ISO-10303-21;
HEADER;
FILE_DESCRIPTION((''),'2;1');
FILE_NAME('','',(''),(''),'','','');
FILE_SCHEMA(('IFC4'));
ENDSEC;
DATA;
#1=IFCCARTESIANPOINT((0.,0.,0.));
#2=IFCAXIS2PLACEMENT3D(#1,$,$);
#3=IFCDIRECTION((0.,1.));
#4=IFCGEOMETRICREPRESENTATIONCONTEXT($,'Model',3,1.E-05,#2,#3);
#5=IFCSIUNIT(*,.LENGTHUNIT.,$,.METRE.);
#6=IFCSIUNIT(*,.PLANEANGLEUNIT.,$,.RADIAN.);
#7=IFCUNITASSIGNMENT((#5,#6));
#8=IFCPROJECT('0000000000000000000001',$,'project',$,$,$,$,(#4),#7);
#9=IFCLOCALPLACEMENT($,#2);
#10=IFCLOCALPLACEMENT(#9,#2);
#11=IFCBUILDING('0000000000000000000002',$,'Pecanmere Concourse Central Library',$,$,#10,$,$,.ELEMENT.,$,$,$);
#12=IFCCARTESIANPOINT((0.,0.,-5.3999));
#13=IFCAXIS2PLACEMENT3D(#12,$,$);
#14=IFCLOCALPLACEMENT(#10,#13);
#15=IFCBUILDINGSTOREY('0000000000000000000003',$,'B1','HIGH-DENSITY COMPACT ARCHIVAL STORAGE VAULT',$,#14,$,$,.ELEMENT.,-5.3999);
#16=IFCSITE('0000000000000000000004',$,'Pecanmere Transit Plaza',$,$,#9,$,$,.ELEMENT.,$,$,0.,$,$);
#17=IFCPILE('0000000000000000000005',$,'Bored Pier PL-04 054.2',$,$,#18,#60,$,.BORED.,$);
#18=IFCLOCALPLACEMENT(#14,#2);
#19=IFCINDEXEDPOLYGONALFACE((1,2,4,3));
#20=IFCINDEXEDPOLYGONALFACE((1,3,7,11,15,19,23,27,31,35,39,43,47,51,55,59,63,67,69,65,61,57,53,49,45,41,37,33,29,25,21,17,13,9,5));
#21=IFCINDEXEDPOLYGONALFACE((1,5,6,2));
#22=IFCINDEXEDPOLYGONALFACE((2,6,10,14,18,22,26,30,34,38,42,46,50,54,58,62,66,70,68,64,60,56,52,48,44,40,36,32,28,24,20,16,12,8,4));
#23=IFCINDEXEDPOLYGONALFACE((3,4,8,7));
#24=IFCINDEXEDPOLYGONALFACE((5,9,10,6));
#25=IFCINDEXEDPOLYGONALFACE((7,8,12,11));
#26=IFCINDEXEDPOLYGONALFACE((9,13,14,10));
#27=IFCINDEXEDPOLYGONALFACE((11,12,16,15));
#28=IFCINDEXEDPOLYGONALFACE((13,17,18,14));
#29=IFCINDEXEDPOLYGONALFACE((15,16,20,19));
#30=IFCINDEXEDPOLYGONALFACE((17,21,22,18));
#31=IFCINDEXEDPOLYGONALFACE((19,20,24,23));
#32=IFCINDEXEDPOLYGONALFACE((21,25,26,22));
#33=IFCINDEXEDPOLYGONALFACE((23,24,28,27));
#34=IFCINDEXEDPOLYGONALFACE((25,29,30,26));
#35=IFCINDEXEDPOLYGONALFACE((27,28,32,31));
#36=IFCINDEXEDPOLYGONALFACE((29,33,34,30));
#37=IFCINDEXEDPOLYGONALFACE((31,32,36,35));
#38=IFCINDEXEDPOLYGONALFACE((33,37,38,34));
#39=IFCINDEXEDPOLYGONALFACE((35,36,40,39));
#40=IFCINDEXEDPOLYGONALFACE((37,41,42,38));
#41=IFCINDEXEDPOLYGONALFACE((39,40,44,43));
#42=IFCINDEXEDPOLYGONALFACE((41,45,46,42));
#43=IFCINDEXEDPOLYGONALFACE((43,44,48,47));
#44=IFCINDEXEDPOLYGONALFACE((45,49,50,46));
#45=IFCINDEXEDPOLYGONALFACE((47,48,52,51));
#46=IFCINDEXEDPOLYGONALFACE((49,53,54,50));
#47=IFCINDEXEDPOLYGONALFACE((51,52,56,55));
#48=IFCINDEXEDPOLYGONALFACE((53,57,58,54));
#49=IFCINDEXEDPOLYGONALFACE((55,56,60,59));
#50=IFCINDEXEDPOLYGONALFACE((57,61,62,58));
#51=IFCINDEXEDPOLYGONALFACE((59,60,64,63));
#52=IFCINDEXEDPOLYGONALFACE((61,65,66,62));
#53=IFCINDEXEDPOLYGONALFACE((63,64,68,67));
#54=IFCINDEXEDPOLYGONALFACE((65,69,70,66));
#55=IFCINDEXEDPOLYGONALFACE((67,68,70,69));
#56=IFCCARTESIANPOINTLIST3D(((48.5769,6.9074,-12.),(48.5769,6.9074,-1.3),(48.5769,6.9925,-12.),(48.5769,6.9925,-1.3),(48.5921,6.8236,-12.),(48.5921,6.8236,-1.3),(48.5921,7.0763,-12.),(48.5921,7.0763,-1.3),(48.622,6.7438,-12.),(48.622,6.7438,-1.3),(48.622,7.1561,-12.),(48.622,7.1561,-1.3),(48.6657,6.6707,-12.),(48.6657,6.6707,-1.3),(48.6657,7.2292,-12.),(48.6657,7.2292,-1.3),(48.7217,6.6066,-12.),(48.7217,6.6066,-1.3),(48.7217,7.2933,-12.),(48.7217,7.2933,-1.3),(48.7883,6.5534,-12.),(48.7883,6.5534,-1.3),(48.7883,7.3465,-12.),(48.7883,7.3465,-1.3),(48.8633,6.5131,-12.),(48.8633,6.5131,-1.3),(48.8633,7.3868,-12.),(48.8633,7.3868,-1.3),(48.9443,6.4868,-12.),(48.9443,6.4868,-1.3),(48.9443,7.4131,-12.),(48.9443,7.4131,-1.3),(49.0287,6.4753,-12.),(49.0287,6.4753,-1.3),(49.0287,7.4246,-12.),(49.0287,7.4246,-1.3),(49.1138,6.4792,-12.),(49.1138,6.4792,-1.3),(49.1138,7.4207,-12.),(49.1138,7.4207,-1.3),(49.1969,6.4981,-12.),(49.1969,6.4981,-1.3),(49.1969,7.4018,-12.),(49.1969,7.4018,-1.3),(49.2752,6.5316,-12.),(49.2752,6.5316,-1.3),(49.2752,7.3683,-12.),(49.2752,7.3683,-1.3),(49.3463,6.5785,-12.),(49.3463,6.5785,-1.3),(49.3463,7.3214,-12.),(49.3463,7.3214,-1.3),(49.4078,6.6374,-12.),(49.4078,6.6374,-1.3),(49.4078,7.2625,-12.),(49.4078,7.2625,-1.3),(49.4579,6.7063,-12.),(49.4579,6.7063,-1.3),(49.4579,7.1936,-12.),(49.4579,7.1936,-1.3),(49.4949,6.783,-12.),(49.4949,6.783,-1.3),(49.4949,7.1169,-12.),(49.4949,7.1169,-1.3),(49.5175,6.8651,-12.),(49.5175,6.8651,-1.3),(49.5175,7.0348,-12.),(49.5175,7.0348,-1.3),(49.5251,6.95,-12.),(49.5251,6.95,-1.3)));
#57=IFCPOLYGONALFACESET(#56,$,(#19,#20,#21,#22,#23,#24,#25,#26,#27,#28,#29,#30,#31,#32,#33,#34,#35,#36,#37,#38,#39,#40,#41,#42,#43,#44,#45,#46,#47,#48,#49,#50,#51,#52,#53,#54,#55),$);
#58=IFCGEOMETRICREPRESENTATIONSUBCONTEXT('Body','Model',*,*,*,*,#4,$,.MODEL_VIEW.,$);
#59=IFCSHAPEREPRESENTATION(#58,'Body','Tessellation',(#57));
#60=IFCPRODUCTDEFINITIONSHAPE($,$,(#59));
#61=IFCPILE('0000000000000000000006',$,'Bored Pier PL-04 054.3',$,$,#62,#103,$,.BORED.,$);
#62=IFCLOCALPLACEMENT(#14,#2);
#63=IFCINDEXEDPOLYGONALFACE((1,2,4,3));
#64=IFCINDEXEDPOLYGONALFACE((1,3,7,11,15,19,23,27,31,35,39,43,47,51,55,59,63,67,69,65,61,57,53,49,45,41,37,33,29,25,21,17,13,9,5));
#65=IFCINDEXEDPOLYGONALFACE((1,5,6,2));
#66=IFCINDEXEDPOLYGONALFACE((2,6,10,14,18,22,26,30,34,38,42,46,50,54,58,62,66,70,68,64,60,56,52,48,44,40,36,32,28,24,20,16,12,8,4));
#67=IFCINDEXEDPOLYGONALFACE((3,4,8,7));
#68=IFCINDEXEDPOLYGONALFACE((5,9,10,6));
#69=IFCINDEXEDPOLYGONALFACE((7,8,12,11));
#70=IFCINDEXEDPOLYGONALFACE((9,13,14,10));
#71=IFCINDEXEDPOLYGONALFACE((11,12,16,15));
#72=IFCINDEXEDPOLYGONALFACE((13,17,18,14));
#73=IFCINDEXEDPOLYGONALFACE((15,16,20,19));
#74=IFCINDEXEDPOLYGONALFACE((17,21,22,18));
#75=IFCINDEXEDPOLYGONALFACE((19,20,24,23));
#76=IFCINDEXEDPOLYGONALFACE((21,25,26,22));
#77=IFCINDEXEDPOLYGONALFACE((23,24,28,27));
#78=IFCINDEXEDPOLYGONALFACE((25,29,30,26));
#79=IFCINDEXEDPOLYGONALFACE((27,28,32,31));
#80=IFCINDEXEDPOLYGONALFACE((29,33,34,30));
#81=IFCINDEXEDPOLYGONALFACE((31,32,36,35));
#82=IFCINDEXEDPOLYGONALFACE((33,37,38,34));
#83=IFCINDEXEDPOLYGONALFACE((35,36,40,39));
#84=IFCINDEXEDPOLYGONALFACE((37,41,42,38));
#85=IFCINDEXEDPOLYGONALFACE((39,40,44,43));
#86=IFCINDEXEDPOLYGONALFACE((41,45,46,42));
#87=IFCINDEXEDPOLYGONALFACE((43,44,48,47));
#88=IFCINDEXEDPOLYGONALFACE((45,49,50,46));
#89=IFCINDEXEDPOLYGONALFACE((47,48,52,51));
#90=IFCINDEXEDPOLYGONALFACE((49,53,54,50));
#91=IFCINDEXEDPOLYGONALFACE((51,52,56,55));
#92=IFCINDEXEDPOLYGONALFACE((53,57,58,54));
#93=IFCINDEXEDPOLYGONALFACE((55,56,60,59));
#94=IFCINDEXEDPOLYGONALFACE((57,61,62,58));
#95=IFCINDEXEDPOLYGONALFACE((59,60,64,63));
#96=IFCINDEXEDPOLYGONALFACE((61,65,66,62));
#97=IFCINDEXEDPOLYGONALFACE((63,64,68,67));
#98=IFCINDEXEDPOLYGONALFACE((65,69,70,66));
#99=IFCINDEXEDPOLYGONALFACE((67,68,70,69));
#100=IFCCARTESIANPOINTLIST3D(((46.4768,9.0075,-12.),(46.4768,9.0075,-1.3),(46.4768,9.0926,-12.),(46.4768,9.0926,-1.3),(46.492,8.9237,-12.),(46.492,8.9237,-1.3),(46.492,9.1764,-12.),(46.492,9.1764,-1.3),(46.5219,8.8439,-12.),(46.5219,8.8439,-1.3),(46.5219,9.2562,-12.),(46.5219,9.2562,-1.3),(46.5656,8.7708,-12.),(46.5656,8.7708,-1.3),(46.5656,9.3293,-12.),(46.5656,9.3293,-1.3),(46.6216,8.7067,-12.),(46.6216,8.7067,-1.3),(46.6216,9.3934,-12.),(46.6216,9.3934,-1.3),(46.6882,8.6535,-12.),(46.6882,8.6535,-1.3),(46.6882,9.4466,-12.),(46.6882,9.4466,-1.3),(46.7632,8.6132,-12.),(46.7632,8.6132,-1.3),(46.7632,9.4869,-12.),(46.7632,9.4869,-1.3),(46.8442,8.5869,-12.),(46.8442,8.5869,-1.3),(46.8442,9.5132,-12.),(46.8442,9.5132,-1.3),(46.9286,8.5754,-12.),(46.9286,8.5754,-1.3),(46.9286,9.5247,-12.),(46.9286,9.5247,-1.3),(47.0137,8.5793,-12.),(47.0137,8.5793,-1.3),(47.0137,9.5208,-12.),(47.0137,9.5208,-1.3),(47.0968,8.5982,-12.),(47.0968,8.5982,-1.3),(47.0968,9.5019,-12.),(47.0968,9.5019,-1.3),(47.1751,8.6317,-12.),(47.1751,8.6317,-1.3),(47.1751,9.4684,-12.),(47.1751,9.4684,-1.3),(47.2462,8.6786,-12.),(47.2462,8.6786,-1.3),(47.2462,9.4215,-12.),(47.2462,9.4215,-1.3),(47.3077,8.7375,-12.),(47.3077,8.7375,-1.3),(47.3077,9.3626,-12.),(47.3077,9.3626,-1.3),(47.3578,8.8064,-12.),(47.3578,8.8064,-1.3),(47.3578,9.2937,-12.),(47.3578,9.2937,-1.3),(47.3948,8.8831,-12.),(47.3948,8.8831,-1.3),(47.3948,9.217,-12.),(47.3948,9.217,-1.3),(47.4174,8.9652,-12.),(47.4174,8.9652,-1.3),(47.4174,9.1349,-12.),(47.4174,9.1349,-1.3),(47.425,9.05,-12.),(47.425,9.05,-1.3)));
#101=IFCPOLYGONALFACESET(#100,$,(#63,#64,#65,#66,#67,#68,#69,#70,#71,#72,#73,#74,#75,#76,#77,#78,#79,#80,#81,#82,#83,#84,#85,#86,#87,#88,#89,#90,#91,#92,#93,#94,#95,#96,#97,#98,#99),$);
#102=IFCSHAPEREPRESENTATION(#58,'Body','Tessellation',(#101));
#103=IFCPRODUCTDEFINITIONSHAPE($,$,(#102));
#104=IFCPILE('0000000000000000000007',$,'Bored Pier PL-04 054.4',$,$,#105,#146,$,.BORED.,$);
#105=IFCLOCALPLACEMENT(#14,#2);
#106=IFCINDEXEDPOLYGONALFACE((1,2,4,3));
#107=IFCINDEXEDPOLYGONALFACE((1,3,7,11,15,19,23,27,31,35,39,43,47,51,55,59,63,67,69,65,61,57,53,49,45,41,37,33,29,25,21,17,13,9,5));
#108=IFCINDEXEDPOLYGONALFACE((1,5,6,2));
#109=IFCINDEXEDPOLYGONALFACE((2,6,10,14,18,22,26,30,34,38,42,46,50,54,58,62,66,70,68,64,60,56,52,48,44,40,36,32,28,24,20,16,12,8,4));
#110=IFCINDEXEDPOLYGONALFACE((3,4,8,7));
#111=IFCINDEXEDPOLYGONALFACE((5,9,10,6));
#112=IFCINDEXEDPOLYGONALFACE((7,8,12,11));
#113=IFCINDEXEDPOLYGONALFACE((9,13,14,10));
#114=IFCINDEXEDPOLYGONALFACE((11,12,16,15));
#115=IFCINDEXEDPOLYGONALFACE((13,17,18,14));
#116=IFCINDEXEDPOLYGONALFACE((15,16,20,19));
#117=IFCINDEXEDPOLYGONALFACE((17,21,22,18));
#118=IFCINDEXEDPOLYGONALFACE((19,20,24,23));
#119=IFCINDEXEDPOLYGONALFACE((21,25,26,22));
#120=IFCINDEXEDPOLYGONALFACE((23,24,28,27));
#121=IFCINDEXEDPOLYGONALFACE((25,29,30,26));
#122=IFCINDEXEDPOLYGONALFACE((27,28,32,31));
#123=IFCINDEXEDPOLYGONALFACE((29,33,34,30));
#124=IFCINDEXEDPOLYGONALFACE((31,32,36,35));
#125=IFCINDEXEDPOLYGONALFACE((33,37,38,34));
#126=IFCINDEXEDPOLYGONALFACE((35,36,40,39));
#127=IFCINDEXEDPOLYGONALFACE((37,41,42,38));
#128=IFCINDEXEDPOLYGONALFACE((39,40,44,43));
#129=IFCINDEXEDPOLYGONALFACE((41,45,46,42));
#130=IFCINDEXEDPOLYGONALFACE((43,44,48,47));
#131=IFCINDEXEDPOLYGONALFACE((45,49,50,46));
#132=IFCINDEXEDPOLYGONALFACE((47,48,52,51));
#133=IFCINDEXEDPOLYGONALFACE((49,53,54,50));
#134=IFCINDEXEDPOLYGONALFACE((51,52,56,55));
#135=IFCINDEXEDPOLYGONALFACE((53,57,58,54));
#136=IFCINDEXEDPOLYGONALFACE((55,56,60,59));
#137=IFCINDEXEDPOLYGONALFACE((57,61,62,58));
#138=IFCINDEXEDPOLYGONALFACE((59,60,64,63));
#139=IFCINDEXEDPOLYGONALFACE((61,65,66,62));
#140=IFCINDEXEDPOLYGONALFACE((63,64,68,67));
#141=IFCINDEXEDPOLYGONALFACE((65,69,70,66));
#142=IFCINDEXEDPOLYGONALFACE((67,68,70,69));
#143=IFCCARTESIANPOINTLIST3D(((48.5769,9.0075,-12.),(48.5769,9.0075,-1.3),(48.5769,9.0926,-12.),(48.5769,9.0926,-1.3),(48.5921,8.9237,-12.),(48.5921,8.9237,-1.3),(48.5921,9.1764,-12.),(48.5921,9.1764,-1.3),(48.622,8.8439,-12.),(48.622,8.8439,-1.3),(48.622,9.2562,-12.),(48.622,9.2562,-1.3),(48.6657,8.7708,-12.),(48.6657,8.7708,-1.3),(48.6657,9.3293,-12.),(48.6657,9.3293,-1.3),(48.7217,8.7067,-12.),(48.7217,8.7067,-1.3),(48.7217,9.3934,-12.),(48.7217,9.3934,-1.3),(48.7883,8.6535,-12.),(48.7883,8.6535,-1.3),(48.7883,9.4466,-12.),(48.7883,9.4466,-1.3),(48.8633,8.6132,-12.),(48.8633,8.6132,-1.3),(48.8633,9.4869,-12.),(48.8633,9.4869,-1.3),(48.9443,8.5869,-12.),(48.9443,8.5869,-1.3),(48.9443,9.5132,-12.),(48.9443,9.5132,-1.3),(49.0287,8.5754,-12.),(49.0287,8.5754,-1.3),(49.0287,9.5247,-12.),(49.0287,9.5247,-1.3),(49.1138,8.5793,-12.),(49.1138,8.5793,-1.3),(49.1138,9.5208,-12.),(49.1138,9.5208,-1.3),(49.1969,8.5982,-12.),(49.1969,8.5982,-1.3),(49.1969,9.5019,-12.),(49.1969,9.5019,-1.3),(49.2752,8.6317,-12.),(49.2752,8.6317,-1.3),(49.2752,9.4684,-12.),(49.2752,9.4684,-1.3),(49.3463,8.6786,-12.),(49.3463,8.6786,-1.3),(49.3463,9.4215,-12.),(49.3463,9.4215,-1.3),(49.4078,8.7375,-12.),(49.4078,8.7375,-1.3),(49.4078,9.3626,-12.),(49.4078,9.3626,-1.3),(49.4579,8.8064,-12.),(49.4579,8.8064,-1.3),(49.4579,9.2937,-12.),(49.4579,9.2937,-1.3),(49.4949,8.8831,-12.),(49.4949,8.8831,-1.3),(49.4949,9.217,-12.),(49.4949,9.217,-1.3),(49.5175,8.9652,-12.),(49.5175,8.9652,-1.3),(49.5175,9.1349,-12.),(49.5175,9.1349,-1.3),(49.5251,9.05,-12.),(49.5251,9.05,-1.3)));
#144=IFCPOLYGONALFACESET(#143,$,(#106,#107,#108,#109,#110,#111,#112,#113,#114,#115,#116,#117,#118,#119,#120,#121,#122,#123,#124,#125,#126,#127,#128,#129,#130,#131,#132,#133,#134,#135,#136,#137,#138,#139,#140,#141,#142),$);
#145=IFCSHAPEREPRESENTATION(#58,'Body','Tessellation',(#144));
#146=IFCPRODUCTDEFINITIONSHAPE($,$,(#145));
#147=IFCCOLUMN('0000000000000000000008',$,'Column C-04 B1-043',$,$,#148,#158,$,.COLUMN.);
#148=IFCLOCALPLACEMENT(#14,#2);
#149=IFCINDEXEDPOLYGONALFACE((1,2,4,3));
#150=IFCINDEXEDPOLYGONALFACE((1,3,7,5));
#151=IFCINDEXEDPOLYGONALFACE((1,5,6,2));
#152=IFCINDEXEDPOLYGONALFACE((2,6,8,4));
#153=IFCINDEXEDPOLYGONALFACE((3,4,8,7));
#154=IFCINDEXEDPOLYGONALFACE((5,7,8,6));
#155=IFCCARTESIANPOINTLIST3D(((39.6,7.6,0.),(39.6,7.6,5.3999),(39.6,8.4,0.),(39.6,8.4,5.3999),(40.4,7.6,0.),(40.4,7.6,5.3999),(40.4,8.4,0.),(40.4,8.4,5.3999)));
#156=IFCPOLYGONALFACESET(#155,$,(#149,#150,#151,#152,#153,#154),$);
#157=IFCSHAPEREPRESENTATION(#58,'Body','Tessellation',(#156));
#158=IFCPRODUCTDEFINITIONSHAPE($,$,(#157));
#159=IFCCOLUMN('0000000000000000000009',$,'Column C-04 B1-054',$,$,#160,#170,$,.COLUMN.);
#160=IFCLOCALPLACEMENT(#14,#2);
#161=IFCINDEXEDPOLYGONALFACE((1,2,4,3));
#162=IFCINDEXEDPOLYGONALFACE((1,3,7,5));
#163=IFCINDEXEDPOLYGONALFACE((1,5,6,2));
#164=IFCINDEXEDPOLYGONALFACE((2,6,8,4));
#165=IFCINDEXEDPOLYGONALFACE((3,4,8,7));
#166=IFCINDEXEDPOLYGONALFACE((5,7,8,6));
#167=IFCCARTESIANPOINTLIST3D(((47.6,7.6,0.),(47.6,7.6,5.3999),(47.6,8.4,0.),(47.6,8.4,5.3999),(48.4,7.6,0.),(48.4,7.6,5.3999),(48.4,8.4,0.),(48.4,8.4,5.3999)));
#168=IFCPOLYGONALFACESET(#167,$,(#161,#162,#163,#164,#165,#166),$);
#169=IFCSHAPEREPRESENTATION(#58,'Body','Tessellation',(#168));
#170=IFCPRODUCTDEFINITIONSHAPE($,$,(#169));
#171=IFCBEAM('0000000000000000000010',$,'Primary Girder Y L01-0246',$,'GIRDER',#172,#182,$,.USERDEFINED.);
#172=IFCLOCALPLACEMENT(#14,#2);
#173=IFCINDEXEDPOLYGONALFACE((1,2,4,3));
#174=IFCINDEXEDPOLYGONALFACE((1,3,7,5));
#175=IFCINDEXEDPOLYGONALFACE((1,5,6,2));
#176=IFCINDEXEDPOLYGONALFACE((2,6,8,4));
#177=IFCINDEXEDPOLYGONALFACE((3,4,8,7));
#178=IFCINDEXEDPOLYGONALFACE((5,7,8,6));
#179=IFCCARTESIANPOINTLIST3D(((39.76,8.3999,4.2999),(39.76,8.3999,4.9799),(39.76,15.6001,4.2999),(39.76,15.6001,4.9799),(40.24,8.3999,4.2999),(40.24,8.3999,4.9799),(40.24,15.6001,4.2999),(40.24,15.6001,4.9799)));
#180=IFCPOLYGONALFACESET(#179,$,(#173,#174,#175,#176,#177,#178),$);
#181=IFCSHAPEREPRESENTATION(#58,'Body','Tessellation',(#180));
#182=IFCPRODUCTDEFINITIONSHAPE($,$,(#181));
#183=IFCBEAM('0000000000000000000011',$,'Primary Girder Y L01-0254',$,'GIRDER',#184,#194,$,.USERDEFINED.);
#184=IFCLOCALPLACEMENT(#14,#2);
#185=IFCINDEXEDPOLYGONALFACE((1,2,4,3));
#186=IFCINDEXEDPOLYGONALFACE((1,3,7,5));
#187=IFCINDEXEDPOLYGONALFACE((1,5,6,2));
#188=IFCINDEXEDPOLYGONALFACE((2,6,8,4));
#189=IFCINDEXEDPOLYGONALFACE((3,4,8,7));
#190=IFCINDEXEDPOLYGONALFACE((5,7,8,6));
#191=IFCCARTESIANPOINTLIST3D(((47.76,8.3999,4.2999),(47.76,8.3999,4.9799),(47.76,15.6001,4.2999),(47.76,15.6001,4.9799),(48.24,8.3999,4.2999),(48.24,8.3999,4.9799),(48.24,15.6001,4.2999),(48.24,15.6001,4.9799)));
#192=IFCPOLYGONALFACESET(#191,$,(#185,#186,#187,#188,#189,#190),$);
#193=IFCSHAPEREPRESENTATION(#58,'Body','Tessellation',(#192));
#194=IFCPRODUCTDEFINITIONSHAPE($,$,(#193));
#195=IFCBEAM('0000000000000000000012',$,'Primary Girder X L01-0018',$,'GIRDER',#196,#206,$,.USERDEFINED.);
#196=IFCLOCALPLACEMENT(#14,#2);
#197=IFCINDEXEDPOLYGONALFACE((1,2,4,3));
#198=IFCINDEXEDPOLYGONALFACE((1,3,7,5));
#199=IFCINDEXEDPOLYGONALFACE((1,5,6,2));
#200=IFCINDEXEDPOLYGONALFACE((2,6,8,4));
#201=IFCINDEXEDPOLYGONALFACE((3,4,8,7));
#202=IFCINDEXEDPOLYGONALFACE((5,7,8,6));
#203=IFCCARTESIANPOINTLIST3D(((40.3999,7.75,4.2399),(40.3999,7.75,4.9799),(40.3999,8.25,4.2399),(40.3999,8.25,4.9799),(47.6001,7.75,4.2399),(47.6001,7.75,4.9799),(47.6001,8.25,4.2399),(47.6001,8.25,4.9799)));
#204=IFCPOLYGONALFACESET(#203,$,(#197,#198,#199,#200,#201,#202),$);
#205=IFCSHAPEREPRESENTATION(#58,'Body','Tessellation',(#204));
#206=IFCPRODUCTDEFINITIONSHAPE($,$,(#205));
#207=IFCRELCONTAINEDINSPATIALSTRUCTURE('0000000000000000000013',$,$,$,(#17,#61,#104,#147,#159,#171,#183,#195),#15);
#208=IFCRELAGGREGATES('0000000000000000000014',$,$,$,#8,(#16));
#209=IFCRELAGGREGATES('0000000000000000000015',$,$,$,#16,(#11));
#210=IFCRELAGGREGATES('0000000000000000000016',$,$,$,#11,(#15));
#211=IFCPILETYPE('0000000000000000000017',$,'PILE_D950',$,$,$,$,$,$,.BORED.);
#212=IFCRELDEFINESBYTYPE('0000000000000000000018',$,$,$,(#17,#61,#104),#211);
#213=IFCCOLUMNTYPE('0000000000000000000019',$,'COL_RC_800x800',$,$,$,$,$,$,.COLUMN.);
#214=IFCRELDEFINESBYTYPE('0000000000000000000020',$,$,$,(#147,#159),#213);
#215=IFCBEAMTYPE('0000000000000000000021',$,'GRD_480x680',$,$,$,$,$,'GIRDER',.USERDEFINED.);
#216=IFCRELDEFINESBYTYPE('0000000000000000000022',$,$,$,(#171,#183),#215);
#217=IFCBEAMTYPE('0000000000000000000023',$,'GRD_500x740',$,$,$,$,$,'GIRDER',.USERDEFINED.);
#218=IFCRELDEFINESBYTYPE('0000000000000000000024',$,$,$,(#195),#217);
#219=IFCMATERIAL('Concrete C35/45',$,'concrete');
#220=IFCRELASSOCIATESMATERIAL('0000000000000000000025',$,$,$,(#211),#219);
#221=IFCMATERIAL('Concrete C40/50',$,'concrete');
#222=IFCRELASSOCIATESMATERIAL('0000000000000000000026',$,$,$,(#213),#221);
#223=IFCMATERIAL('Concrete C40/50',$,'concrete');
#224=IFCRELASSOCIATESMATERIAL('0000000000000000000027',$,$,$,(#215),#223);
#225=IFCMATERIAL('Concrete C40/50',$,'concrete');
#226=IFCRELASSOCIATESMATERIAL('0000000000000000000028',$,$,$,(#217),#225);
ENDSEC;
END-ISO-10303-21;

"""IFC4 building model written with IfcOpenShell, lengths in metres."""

from ifc_helpers import new_model, si_unit, direction, frame, origin, origin_2d, place, context, subcontext, project, spatial, rectangle, circle, extrude, material, material_profile, profile_set, type_object, element, save


model = new_model("IFC4")

# Units and contexts
model_context = context("Model", 3, precision=1e-05, world=origin(), true_north=direction((0.0, 1.0)))
body_context = subcontext(model_context, "Body", "Model", "MODEL_VIEW")
ifc_project = project(units=[si_unit("LENGTHUNIT", "METRE"), si_unit("PLANEANGLEUNIT", "RADIAN")], contexts=[model_context])

# Site, building, storey
site_placement = place(None, origin())
site = spatial("IfcSite", under=ifc_project, at=site_placement, Name="Pecanmere Transit Plaza", CompositionType="ELEMENT", RefElevation=0.0)
building_placement = place(site_placement, origin())
building = spatial("IfcBuilding", under=site, at=building_placement, Name="Pecanmere Concourse Central Library", CompositionType="ELEMENT")
storey_placement = place(building_placement, frame((0.0, 0.0, -5.3999)))
storey = spatial("IfcBuildingStorey", under=building, at=storey_placement, Name="B1", Description="HIGH-DENSITY COMPACT ARCHIVAL STORAGE VAULT", CompositionType="ELEMENT", Elevation=-5.3999)

# Piles
ifc_material_1 = material(Name="Concrete C35/45", Category="concrete")
ifc_material_profile_1 = material_profile(ifc_material_1, circle(Radius=0.4751, at=origin_2d()), Name="PIER D950")
ifc_profile_set_1 = profile_set([ifc_material_profile_1], Name="Concrete C35/45")
pile_type = type_object("IfcPileType", Name="PILE_D950", PredefinedType="BORED", material=ifc_profile_set_1)
for number, where, z_axis, x_axis, name in (
    (1, (49.05, 6.95, -1.3), (0.0, 0.0, -1.0), (1.0, 0.0, 0.0), "Bored Pier PL-04 054.2"),
    (2, (46.95, 9.05, -1.3), (0.0, 0.0, -1.0), (1.0, 0.0, 0.0), "Bored Pier PL-04 054.3"),
    (3, (49.05, 9.05, -1.3), (0.0, 0.0, -1.0), (1.0, 0.0, 0.0), "Bored Pier PL-04 054.4"),
):
    element("IfcPile", number, at=place(storey_placement, frame(where, z_axis=z_axis, x_axis=x_axis)), inside=storey, type_object=pile_type, Name=name, PredefinedType="BORED", context=body_context, shape_type="SweptSolid", body=[
        extrude(circle(Radius=0.4751, at=origin_2d()), origin(), (0.0, 0.0, 1.0), 10.7),
    ])

# Columns
ifc_material_2 = material(Name="Concrete C40/50", Category="concrete")
ifc_material_profile_2 = material_profile(ifc_material_2, rectangle(XDim=0.8, YDim=0.8, at=origin_2d()), Name="RC 800x800")
ifc_profile_set_2 = profile_set([ifc_material_profile_2], Name="Concrete C40/50")
column_type = type_object("IfcColumnType", Name="COL_RC_800x800", PredefinedType="COLUMN", material=ifc_profile_set_2)
for number, where, z_axis, x_axis, name in (
    (4, (40.0, 8.0, 0.0), (0.0, 0.0, 1.0), (1.0, 0.0, 0.0), "Column C-04 B1-043"),
    (5, (48.0, 8.0, 0.0), (0.0, 0.0, 1.0), (1.0, 0.0, 0.0), "Column C-04 B1-054"),
):
    element("IfcColumn", number, at=place(storey_placement, frame(where, z_axis=z_axis, x_axis=x_axis)), inside=storey, type_object=column_type, Name=name, PredefinedType="COLUMN", context=body_context, shape_type="SweptSolid", body=[
        extrude(rectangle(XDim=0.8, YDim=0.8, at=origin_2d()), origin(), (0.0, 0.0, 1.0), 5.3999),
    ])

# Beams
ifc_material_3 = material(Name="Concrete C40/50", Category="concrete")
ifc_material_profile_3 = material_profile(ifc_material_3, rectangle(XDim=0.48, YDim=0.6799, at=origin_2d()), Name="RC 480x680")
ifc_profile_set_3 = profile_set([ifc_material_profile_3], Name="Concrete C40/50")
beam_type_1 = type_object("IfcBeamType", Name="GRD_480x680", ElementType="GIRDER", PredefinedType="USERDEFINED", material=ifc_profile_set_3)
for number, where, z_axis, x_axis, name in (
    (6, (40.0, 8.3999, 4.6399), (0.0, 1.0, 0.0), (-1.0, 0.0, 0.0), "Primary Girder Y L01-0246"),
    (7, (48.0, 8.3999, 4.6399), (0.0, 1.0, 0.0), (-1.0, 0.0, 0.0), "Primary Girder Y L01-0254"),
):
    element("IfcBeam", number, at=place(storey_placement, frame(where, z_axis=z_axis, x_axis=x_axis)), inside=storey, type_object=beam_type_1, Name=name, ObjectType="GIRDER", PredefinedType="USERDEFINED", context=body_context, shape_type="SweptSolid", body=[
        extrude(rectangle(XDim=0.48, YDim=0.6799, at=origin_2d()), origin(), (0.0, 0.0, 1.0), 7.2002),
    ])
ifc_material_4 = material(Name="Concrete C40/50", Category="concrete")
ifc_material_profile_4 = material_profile(ifc_material_4, rectangle(XDim=0.5, YDim=0.74, at=origin_2d()), Name="RC 500x740")
ifc_profile_set_4 = profile_set([ifc_material_profile_4], Name="Concrete C40/50")
beam_type_2 = type_object("IfcBeamType", Name="GRD_500x740", ElementType="GIRDER", PredefinedType="USERDEFINED", material=ifc_profile_set_4)
beam_1_placement = place(storey_placement, frame((40.3999, 8.0, 4.6099), z_axis=(1.0, 0.0, 0.0), x_axis=(0.0, 1.0, 0.0)))
element("IfcBeam", 8, at=beam_1_placement, inside=storey, type_object=beam_type_2, Name="Primary Girder X L01-0018", ObjectType="GIRDER", PredefinedType="USERDEFINED", context=body_context, shape_type="SweptSolid", body=[
    extrude(rectangle(XDim=0.5, YDim=0.74, at=origin_2d()), origin(), (0.0, 0.0, 1.0), 7.2002),
])

save(model, "model.ifc")
